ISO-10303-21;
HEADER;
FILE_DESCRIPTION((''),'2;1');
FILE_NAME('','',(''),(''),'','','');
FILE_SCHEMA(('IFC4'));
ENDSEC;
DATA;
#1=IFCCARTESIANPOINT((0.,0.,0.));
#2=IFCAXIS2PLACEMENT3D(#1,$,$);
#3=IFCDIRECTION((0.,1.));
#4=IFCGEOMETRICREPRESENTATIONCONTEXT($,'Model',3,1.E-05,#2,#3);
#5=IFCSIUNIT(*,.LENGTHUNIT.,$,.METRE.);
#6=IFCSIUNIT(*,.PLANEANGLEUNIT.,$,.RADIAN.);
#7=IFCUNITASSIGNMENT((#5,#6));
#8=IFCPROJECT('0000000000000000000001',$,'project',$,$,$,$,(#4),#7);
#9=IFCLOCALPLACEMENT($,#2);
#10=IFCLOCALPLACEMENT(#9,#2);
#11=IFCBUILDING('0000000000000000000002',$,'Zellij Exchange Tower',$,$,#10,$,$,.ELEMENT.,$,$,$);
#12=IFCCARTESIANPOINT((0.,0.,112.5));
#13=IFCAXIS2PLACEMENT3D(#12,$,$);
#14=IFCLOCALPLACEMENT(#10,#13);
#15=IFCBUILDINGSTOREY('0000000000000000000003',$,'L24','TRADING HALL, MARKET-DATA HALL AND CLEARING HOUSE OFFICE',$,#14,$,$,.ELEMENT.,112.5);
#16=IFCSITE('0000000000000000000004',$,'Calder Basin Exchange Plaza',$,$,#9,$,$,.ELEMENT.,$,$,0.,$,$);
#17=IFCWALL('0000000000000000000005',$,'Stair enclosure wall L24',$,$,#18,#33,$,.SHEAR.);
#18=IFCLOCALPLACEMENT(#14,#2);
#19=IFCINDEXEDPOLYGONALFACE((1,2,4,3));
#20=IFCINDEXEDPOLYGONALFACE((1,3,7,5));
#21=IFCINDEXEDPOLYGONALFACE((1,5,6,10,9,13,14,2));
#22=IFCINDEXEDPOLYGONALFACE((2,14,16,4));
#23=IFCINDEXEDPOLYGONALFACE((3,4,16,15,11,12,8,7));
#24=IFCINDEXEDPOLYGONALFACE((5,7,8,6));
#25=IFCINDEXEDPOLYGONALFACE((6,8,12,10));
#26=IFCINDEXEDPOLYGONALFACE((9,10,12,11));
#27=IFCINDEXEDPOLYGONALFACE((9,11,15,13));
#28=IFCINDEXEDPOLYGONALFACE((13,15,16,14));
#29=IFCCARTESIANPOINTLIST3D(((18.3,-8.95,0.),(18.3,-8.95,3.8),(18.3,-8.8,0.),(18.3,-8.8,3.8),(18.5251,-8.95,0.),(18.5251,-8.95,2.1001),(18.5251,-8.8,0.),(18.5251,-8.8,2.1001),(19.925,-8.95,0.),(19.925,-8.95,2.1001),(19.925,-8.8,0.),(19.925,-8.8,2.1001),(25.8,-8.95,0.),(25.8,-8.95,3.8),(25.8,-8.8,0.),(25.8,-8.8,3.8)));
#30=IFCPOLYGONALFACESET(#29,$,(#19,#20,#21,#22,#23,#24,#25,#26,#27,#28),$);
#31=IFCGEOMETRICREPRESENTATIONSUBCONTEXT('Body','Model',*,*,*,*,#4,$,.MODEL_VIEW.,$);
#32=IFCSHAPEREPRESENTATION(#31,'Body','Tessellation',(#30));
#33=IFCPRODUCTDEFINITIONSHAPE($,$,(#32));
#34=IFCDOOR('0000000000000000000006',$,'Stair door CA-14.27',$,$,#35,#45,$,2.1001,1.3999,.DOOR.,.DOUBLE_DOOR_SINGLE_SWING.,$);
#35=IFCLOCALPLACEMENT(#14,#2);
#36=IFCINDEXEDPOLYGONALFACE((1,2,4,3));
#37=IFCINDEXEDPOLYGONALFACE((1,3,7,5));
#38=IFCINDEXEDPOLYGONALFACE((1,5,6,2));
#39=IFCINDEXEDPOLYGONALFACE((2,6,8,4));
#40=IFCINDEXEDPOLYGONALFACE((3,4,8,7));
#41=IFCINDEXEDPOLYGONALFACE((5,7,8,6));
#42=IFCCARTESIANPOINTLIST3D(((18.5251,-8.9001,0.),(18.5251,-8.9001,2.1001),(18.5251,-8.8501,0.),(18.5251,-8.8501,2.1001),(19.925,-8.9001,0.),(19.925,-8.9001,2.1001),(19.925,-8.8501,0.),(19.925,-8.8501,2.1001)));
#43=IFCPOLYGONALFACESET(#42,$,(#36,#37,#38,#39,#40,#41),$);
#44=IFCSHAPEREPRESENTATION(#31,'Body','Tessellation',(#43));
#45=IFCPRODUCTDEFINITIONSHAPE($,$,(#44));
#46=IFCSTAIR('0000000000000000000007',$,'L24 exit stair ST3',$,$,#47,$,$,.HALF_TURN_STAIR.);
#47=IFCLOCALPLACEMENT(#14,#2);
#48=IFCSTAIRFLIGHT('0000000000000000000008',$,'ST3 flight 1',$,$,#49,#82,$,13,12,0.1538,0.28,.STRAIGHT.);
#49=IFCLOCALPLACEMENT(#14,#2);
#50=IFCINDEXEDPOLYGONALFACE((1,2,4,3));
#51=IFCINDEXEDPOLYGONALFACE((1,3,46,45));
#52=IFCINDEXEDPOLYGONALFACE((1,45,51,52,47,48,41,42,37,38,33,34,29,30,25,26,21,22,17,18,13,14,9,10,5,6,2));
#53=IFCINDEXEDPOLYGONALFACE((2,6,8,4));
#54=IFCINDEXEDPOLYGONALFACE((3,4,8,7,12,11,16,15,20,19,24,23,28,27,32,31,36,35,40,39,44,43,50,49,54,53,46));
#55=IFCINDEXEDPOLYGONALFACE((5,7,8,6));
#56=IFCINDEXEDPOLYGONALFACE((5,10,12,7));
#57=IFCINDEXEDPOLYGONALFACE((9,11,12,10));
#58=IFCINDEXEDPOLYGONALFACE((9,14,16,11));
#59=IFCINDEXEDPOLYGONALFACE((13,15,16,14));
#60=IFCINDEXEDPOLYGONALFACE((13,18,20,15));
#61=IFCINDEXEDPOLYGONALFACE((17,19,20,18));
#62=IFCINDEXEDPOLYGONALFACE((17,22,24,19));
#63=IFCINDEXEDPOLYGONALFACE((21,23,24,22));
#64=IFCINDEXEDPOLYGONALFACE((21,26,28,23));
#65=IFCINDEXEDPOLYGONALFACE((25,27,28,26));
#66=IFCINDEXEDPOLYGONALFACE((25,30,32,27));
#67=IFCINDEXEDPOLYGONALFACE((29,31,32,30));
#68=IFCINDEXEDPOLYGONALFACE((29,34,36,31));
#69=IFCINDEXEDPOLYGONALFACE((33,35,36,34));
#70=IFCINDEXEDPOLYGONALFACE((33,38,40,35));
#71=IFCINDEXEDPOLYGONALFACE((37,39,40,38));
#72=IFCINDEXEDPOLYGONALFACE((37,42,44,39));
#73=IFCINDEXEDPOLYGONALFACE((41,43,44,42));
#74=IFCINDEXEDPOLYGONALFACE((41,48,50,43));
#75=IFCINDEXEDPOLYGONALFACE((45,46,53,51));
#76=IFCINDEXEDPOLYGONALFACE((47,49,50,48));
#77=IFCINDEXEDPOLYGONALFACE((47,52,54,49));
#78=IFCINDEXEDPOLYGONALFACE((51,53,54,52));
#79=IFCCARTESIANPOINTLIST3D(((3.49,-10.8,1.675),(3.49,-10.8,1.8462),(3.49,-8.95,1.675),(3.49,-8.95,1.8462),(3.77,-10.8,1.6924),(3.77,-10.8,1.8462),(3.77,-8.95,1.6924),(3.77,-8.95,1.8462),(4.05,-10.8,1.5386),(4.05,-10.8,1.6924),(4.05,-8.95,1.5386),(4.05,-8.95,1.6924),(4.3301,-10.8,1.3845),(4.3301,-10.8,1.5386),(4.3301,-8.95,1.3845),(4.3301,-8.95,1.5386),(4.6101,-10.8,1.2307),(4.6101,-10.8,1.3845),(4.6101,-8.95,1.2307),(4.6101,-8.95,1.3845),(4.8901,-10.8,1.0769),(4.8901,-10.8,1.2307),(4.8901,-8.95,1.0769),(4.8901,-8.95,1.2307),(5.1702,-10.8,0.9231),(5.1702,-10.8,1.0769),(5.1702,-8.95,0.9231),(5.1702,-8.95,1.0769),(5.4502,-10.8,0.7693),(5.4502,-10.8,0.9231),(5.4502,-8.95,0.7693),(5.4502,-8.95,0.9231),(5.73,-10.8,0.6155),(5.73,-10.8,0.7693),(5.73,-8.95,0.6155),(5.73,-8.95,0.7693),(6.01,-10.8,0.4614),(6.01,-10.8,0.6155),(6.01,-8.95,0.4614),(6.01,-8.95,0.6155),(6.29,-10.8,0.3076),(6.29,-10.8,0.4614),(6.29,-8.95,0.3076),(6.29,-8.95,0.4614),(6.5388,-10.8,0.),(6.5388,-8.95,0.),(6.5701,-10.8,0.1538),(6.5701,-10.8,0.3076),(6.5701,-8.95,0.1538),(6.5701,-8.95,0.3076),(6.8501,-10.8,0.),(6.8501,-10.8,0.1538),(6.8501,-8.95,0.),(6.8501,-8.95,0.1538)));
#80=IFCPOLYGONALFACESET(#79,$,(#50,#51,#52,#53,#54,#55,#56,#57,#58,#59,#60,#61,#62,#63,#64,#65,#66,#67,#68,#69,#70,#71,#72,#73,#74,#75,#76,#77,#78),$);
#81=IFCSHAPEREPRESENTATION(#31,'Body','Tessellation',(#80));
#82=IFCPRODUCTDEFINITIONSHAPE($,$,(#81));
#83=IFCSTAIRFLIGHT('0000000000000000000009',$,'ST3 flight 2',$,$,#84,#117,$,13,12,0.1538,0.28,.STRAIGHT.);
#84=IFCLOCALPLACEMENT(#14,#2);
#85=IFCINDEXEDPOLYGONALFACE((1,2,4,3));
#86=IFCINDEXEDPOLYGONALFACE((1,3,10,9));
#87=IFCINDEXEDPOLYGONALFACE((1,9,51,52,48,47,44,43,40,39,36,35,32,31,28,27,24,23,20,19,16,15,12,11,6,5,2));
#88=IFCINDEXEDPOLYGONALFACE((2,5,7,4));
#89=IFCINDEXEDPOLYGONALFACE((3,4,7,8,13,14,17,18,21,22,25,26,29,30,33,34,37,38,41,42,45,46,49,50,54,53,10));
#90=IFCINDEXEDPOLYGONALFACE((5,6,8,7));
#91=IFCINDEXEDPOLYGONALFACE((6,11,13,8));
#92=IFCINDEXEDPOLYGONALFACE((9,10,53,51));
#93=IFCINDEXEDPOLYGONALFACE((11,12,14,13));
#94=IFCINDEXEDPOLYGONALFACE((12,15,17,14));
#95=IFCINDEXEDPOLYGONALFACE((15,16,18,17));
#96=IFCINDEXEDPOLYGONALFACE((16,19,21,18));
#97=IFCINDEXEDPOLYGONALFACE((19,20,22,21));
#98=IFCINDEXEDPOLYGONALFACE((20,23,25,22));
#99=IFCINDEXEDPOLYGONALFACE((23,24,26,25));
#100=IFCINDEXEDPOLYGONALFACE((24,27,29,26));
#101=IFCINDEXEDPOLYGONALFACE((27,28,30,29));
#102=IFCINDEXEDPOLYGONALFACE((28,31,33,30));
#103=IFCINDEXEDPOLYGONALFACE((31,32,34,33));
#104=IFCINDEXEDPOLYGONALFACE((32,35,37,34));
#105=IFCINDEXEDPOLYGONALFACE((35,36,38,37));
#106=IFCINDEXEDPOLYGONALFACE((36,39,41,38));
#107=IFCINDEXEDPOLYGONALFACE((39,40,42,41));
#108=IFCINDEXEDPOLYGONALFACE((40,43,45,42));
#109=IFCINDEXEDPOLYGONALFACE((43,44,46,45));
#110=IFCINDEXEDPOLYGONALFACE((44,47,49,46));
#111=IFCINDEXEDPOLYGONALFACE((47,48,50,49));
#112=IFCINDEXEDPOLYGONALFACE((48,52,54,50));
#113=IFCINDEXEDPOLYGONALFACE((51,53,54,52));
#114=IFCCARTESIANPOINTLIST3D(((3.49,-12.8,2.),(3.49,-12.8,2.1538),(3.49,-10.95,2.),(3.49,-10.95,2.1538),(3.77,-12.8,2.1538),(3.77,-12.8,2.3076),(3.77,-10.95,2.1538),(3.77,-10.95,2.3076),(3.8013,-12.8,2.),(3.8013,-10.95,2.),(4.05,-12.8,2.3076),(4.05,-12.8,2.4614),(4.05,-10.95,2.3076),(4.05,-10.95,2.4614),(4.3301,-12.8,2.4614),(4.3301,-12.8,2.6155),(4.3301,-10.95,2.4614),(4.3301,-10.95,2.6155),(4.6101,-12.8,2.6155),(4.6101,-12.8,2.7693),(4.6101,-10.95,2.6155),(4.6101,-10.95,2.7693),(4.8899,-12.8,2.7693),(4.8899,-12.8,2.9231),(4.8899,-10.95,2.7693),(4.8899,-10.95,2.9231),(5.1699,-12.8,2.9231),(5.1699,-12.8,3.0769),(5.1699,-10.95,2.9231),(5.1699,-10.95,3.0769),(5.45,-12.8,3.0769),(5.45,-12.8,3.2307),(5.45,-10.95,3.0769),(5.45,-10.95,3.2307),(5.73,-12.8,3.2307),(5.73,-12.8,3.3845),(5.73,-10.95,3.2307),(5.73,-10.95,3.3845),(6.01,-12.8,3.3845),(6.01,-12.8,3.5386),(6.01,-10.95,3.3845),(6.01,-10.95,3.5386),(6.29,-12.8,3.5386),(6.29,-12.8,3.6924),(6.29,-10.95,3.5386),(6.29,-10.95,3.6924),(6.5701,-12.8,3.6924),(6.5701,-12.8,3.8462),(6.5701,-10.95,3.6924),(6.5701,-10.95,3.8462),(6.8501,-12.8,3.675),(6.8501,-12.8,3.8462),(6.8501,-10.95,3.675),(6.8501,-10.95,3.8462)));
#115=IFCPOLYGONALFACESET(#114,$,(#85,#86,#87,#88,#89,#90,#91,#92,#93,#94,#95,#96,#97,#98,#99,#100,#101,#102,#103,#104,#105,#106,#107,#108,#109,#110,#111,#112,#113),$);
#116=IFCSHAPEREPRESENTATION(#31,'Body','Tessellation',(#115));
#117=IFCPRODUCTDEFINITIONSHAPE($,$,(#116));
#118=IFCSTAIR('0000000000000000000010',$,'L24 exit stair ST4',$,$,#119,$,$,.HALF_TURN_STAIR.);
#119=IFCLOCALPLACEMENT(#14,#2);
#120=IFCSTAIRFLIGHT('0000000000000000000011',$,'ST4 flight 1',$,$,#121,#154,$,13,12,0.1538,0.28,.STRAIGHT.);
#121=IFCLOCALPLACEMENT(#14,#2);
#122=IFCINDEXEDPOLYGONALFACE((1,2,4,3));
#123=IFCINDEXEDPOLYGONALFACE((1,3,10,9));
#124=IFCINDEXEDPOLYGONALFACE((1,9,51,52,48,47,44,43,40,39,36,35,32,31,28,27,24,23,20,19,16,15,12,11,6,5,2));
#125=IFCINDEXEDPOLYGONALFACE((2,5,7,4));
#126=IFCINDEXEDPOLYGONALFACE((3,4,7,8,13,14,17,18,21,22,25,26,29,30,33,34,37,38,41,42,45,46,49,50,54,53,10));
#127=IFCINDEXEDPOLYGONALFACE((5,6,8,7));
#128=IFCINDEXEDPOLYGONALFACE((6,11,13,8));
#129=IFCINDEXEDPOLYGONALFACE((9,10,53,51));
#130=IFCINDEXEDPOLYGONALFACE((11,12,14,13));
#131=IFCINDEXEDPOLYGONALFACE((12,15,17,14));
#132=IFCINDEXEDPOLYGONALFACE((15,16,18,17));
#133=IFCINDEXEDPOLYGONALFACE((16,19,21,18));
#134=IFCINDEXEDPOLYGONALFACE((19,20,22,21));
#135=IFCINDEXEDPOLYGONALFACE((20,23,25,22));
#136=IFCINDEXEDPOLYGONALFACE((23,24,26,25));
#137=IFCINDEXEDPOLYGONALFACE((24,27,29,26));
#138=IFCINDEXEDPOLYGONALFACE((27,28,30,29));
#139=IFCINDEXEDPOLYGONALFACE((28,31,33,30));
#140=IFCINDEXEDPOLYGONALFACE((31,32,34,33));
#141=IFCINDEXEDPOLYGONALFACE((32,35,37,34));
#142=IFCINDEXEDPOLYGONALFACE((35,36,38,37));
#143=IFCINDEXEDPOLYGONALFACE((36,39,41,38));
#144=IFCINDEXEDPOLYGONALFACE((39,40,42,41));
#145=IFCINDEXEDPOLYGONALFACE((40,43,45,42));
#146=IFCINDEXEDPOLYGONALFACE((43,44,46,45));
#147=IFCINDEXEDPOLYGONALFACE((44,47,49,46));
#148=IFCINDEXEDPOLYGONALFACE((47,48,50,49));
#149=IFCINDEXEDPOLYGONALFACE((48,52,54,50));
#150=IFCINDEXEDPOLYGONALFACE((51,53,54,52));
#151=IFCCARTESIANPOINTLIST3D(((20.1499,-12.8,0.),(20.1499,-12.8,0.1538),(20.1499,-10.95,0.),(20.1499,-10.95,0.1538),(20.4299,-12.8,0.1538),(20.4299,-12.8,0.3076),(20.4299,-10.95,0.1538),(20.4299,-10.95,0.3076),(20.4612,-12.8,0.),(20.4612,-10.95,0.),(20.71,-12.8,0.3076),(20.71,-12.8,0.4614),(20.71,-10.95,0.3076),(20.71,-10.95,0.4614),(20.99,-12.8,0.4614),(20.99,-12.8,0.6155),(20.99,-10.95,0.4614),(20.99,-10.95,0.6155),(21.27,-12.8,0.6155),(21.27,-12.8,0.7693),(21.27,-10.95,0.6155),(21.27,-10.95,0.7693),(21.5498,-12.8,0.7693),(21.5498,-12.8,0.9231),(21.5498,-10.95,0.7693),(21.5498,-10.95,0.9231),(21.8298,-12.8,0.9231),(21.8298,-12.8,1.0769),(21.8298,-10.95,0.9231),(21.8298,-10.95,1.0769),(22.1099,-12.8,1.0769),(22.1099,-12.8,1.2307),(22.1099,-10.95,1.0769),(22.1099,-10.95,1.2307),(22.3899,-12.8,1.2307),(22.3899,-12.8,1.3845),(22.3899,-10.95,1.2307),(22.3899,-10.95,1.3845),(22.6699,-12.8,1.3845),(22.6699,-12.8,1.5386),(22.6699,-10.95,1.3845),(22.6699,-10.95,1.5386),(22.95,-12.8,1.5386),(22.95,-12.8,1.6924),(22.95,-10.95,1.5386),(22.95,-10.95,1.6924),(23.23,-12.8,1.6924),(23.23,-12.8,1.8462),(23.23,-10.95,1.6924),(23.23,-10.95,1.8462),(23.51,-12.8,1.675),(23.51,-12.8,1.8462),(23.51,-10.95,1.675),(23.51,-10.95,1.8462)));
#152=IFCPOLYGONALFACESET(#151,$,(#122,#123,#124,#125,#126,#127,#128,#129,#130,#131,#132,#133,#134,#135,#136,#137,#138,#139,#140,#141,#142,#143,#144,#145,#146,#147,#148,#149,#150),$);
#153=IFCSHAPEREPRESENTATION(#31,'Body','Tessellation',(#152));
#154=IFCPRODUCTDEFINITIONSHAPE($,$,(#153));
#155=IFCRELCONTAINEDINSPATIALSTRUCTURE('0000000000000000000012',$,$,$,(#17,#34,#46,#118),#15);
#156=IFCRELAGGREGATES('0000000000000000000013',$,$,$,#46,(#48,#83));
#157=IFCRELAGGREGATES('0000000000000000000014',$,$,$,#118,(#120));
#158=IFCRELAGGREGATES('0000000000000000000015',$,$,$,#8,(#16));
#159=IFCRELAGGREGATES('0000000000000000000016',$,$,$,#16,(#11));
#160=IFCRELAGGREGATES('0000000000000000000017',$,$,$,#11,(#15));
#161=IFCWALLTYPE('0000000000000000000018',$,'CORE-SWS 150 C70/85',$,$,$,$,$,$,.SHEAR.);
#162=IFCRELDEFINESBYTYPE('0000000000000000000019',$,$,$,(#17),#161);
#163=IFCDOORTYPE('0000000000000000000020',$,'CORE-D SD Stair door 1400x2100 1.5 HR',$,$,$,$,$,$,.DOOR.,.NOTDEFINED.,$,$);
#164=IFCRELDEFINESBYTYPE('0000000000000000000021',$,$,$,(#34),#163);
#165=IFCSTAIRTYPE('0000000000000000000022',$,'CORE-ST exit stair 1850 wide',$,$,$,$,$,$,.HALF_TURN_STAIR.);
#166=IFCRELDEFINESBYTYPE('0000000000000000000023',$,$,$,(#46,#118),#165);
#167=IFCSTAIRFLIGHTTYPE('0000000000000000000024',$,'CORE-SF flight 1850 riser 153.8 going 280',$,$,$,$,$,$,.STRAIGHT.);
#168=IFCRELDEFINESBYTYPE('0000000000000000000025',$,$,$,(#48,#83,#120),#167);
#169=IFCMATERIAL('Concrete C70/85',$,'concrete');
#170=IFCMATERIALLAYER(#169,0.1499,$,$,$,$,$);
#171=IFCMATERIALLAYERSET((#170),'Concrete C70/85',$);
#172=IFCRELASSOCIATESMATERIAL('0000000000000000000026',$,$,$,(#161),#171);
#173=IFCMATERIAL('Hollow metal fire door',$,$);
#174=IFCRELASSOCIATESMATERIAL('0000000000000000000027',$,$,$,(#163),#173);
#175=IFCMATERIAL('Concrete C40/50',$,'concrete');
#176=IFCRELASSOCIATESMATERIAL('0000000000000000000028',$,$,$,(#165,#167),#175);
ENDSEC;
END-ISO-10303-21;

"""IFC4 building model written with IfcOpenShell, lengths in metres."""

from ifc_helpers import new_model, si_unit, direction, frame, frame_2d, origin, place, context, subcontext, project, spatial, polyline, rectangle, outline, extrude, material, layer, layer_set, type_object, element, fill, aggregate, save


model = new_model("IFC4")

# Units and contexts
model_context = context("Model", 3, precision=1e-05, world=origin(), true_north=direction((0.0, 1.0)))
body_context = subcontext(model_context, "Body", "Model", "MODEL_VIEW")
ifc_project = project(units=[si_unit("LENGTHUNIT", "METRE"), si_unit("PLANEANGLEUNIT", "RADIAN")], contexts=[model_context])

# Site, building, storey
site_placement = place(None, origin())
site = spatial("IfcSite", under=ifc_project, at=site_placement, Name="Calder Basin Exchange Plaza", CompositionType="ELEMENT", RefElevation=0.0)
building_placement = place(site_placement, origin())
building = spatial("IfcBuilding", under=site, at=building_placement, Name="Zellij Exchange Tower", CompositionType="ELEMENT")
storey_placement = place(building_placement, frame((0.0, 0.0, 112.5)))
storey = spatial("IfcBuildingStorey", under=building, at=storey_placement, Name="L24", Description="TRADING HALL, MARKET-DATA HALL AND CLEARING HOUSE OFFICE", CompositionType="ELEMENT", Elevation=112.5)

# Shared definitions
ifc_material_1 = material(Name="Concrete C70/85", Category="concrete")

# Shared definitions
ifc_material_2 = material(Name="Hollow metal fire door")

# Wall, opening, door
ifc_layer_1 = layer(ifc_material_1, 0.1499)
ifc_layer_set_1 = layer_set([ifc_layer_1], Name="Concrete C70/85")
wall_type_1 = type_object("IfcWallType", Name="CORE-SWS 150 C70/85", PredefinedType="SHEAR", material=ifc_layer_set_1)
door_type_1 = type_object("IfcDoorType", Name="CORE-D SD Stair door 1400x2100 1.5 HR", OperationType="NOTDEFINED", PredefinedType="DOOR", material=ifc_material_2)
wall_1_placement = place(storey_placement, frame((18.3, -8.875, 0.0), z_axis=(0.0, 0.0, 1.0), x_axis=(1.0, 0.0, 0.0)))
wall_1 = element("IfcWall", 1, at=wall_1_placement, inside=storey, type_object=wall_type_1, Name="Stair enclosure wall L24", PredefinedType="SHEAR", context=body_context, shape_type="SweptSolid", body=[
    extrude(rectangle(XDim=7.5, YDim=0.1499, at=frame_2d((3.75, 0.0))), origin(), (0.0, 0.0, 1.0), 3.8),
])
opening_1_placement = place(wall_1_placement, frame((0.2251, 0.0, 0.0)))
opening_1 = element("IfcOpeningElement", 2, at=opening_1_placement, cuts=wall_1, PredefinedType="OPENING", context=body_context, shape_type="SweptSolid", body=[
    extrude(rectangle(XDim=1.3999, YDim=2.1001, at=frame_2d((0.7, 1.05))), frame((0.0, 0.0869, 0.0), z_axis=(0.0, -1.0, 0.0), x_axis=(1.0, 0.0, 0.0)), (0.0, 0.0, 1.0), 0.1738),
])
door_1_placement = place(opening_1_placement, origin())
door_1 = element("IfcDoor", 3, at=door_1_placement, inside=storey, type_object=door_type_1, Name="Stair door CA-14.27", OperationType="DOUBLE_DOOR_SINGLE_SWING", OverallHeight=2.1001, OverallWidth=1.3999, PredefinedType="DOOR", context=body_context, shape_type="SweptSolid", body=[
    extrude(rectangle(XDim=1.3999, YDim=2.1001, at=frame_2d((0.7, 1.05))), frame((0.0, 0.0249, 0.0), z_axis=(0.0, -1.0, 0.0), x_axis=(1.0, 0.0, 0.0)), (0.0, 0.0, 1.0), 0.05),
])
fill(opening_1, door_1)

# Stair, stair flights
ifc_material_3 = material(Name="Concrete C40/50", Category="concrete")
stair_type = type_object("IfcStairType", Name="CORE-ST exit stair 1850 wide", PredefinedType="HALF_TURN_STAIR", material=ifc_material_3)
stair_1_placement = place(storey_placement, origin())
stair_1 = element("IfcStair", 4, at=stair_1_placement, inside=storey, type_object=stair_type, Name="L24 exit stair ST3", PredefinedType="HALF_TURN_STAIR")
stair_flight_type = type_object("IfcStairFlightType", Name="CORE-SF flight 1850 riser 153.8 going 280", PredefinedType="STRAIGHT", material=ifc_material_3)
stair_flight_1_placement = place(storey_placement, frame((6.8501, -9.875, 0.0), z_axis=(0.0, 0.0, 1.0), x_axis=(-1.0, 0.0, 0.0)))
stair_flight_1 = element("IfcStairFlight", 5, at=stair_flight_1_placement, type_object=stair_flight_type, Name="ST3 flight 1", NumberOfRisers=13, NumberOfTreads=12, PredefinedType="STRAIGHT", RiserHeight=0.1538, TreadLength=0.28, context=body_context, shape_type="SweptSolid", body=[
    extrude(outline(polyline([(0.0, 0.0), (0.0, 0.1538), (0.28, 0.1538), (0.28, 0.3076), (0.5601, 0.3076), (0.5601, 0.4614), (0.8401, 0.4614), (0.8401, 0.6155), (1.1201, 0.6155), (1.1201, 0.7693), (1.3999, 0.7693), (1.3999, 0.9231), (1.6799, 0.9231), (1.6799, 1.0769), (1.96, 1.0769), (1.96, 1.2307), (2.24, 1.2307), (2.24, 1.3845), (2.52, 1.3845), (2.52, 1.5386), (2.8, 1.5386), (2.8, 1.6924), (3.0801, 1.6924), (3.0801, 1.8462), (3.3601, 1.8462), (3.3601, 2.0), (3.3601, 1.675), (0.3113, 0.0), (0.0, 0.0)])), frame((0.0, 0.925, 0.0), z_axis=(0.0, -1.0, 0.0), x_axis=(1.0, 0.0, 0.0)), (0.0, 0.0, 1.0), 1.8501),
])
stair_flight_2_placement = place(storey_placement, frame((3.49, -11.875, 2.0), z_axis=(0.0, 0.0, 1.0), x_axis=(1.0, 0.0, 0.0)))
stair_flight_2 = element("IfcStairFlight", 6, at=stair_flight_2_placement, type_object=stair_flight_type, Name="ST3 flight 2", NumberOfRisers=13, NumberOfTreads=12, PredefinedType="STRAIGHT", RiserHeight=0.1538, TreadLength=0.28, context=body_context, shape_type="SweptSolid", body=[
    extrude(outline(polyline([(0.0, 0.0), (0.0, 0.1538), (0.28, 0.1538), (0.28, 0.3076), (0.5601, 0.3076), (0.5601, 0.4614), (0.8401, 0.4614), (0.8401, 0.6155), (1.1201, 0.6155), (1.1201, 0.7693), (1.3999, 0.7693), (1.3999, 0.9231), (1.6799, 0.9231), (1.6799, 1.0769), (1.96, 1.0769), (1.96, 1.2307), (2.24, 1.2307), (2.24, 1.3845), (2.52, 1.3845), (2.52, 1.5386), (2.8, 1.5386), (2.8, 1.6924), (3.0801, 1.6924), (3.0801, 1.8462), (3.3601, 1.8462), (3.3601, 2.0), (3.3601, 1.675), (0.3113, 0.0), (0.0, 0.0)])), frame((0.0, 0.925, 0.0), z_axis=(0.0, -1.0, 0.0), x_axis=(1.0, 0.0, 0.0)), (0.0, 0.0, 1.0), 1.8501),
])
aggregate(stair_1, [stair_flight_1, stair_flight_2])

# Stair, stair flight
stair_2_placement = place(storey_placement, origin())
stair_2 = element("IfcStair", 7, at=stair_2_placement, inside=storey, type_object=stair_type, Name="L24 exit stair ST4", PredefinedType="HALF_TURN_STAIR")
stair_flight_3_placement = place(storey_placement, frame((20.1499, -11.875, 0.0), z_axis=(0.0, 0.0, 1.0), x_axis=(1.0, 0.0, 0.0)))
stair_flight_3 = element("IfcStairFlight", 8, at=stair_flight_3_placement, type_object=stair_flight_type, Name="ST4 flight 1", NumberOfRisers=13, NumberOfTreads=12, PredefinedType="STRAIGHT", RiserHeight=0.1538, TreadLength=0.28, context=body_context, shape_type="SweptSolid", body=[
    extrude(outline(polyline([(0.0, 0.0), (0.0, 0.1538), (0.28, 0.1538), (0.28, 0.3076), (0.5601, 0.3076), (0.5601, 0.4614), (0.8401, 0.4614), (0.8401, 0.6155), (1.1201, 0.6155), (1.1201, 0.7693), (1.3999, 0.7693), (1.3999, 0.9231), (1.6799, 0.9231), (1.6799, 1.0769), (1.96, 1.0769), (1.96, 1.2307), (2.24, 1.2307), (2.24, 1.3845), (2.52, 1.3845), (2.52, 1.5386), (2.8, 1.5386), (2.8, 1.6924), (3.0801, 1.6924), (3.0801, 1.8462), (3.3601, 1.8462), (3.3601, 2.0), (3.3601, 1.675), (0.3113, 0.0), (0.0, 0.0)])), frame((0.0, 0.925, 0.0), z_axis=(0.0, -1.0, 0.0), x_axis=(1.0, 0.0, 0.0)), (0.0, 0.0, 1.0), 1.8501),
])
aggregate(stair_2, [stair_flight_3])

save(model, "model.ifc")
